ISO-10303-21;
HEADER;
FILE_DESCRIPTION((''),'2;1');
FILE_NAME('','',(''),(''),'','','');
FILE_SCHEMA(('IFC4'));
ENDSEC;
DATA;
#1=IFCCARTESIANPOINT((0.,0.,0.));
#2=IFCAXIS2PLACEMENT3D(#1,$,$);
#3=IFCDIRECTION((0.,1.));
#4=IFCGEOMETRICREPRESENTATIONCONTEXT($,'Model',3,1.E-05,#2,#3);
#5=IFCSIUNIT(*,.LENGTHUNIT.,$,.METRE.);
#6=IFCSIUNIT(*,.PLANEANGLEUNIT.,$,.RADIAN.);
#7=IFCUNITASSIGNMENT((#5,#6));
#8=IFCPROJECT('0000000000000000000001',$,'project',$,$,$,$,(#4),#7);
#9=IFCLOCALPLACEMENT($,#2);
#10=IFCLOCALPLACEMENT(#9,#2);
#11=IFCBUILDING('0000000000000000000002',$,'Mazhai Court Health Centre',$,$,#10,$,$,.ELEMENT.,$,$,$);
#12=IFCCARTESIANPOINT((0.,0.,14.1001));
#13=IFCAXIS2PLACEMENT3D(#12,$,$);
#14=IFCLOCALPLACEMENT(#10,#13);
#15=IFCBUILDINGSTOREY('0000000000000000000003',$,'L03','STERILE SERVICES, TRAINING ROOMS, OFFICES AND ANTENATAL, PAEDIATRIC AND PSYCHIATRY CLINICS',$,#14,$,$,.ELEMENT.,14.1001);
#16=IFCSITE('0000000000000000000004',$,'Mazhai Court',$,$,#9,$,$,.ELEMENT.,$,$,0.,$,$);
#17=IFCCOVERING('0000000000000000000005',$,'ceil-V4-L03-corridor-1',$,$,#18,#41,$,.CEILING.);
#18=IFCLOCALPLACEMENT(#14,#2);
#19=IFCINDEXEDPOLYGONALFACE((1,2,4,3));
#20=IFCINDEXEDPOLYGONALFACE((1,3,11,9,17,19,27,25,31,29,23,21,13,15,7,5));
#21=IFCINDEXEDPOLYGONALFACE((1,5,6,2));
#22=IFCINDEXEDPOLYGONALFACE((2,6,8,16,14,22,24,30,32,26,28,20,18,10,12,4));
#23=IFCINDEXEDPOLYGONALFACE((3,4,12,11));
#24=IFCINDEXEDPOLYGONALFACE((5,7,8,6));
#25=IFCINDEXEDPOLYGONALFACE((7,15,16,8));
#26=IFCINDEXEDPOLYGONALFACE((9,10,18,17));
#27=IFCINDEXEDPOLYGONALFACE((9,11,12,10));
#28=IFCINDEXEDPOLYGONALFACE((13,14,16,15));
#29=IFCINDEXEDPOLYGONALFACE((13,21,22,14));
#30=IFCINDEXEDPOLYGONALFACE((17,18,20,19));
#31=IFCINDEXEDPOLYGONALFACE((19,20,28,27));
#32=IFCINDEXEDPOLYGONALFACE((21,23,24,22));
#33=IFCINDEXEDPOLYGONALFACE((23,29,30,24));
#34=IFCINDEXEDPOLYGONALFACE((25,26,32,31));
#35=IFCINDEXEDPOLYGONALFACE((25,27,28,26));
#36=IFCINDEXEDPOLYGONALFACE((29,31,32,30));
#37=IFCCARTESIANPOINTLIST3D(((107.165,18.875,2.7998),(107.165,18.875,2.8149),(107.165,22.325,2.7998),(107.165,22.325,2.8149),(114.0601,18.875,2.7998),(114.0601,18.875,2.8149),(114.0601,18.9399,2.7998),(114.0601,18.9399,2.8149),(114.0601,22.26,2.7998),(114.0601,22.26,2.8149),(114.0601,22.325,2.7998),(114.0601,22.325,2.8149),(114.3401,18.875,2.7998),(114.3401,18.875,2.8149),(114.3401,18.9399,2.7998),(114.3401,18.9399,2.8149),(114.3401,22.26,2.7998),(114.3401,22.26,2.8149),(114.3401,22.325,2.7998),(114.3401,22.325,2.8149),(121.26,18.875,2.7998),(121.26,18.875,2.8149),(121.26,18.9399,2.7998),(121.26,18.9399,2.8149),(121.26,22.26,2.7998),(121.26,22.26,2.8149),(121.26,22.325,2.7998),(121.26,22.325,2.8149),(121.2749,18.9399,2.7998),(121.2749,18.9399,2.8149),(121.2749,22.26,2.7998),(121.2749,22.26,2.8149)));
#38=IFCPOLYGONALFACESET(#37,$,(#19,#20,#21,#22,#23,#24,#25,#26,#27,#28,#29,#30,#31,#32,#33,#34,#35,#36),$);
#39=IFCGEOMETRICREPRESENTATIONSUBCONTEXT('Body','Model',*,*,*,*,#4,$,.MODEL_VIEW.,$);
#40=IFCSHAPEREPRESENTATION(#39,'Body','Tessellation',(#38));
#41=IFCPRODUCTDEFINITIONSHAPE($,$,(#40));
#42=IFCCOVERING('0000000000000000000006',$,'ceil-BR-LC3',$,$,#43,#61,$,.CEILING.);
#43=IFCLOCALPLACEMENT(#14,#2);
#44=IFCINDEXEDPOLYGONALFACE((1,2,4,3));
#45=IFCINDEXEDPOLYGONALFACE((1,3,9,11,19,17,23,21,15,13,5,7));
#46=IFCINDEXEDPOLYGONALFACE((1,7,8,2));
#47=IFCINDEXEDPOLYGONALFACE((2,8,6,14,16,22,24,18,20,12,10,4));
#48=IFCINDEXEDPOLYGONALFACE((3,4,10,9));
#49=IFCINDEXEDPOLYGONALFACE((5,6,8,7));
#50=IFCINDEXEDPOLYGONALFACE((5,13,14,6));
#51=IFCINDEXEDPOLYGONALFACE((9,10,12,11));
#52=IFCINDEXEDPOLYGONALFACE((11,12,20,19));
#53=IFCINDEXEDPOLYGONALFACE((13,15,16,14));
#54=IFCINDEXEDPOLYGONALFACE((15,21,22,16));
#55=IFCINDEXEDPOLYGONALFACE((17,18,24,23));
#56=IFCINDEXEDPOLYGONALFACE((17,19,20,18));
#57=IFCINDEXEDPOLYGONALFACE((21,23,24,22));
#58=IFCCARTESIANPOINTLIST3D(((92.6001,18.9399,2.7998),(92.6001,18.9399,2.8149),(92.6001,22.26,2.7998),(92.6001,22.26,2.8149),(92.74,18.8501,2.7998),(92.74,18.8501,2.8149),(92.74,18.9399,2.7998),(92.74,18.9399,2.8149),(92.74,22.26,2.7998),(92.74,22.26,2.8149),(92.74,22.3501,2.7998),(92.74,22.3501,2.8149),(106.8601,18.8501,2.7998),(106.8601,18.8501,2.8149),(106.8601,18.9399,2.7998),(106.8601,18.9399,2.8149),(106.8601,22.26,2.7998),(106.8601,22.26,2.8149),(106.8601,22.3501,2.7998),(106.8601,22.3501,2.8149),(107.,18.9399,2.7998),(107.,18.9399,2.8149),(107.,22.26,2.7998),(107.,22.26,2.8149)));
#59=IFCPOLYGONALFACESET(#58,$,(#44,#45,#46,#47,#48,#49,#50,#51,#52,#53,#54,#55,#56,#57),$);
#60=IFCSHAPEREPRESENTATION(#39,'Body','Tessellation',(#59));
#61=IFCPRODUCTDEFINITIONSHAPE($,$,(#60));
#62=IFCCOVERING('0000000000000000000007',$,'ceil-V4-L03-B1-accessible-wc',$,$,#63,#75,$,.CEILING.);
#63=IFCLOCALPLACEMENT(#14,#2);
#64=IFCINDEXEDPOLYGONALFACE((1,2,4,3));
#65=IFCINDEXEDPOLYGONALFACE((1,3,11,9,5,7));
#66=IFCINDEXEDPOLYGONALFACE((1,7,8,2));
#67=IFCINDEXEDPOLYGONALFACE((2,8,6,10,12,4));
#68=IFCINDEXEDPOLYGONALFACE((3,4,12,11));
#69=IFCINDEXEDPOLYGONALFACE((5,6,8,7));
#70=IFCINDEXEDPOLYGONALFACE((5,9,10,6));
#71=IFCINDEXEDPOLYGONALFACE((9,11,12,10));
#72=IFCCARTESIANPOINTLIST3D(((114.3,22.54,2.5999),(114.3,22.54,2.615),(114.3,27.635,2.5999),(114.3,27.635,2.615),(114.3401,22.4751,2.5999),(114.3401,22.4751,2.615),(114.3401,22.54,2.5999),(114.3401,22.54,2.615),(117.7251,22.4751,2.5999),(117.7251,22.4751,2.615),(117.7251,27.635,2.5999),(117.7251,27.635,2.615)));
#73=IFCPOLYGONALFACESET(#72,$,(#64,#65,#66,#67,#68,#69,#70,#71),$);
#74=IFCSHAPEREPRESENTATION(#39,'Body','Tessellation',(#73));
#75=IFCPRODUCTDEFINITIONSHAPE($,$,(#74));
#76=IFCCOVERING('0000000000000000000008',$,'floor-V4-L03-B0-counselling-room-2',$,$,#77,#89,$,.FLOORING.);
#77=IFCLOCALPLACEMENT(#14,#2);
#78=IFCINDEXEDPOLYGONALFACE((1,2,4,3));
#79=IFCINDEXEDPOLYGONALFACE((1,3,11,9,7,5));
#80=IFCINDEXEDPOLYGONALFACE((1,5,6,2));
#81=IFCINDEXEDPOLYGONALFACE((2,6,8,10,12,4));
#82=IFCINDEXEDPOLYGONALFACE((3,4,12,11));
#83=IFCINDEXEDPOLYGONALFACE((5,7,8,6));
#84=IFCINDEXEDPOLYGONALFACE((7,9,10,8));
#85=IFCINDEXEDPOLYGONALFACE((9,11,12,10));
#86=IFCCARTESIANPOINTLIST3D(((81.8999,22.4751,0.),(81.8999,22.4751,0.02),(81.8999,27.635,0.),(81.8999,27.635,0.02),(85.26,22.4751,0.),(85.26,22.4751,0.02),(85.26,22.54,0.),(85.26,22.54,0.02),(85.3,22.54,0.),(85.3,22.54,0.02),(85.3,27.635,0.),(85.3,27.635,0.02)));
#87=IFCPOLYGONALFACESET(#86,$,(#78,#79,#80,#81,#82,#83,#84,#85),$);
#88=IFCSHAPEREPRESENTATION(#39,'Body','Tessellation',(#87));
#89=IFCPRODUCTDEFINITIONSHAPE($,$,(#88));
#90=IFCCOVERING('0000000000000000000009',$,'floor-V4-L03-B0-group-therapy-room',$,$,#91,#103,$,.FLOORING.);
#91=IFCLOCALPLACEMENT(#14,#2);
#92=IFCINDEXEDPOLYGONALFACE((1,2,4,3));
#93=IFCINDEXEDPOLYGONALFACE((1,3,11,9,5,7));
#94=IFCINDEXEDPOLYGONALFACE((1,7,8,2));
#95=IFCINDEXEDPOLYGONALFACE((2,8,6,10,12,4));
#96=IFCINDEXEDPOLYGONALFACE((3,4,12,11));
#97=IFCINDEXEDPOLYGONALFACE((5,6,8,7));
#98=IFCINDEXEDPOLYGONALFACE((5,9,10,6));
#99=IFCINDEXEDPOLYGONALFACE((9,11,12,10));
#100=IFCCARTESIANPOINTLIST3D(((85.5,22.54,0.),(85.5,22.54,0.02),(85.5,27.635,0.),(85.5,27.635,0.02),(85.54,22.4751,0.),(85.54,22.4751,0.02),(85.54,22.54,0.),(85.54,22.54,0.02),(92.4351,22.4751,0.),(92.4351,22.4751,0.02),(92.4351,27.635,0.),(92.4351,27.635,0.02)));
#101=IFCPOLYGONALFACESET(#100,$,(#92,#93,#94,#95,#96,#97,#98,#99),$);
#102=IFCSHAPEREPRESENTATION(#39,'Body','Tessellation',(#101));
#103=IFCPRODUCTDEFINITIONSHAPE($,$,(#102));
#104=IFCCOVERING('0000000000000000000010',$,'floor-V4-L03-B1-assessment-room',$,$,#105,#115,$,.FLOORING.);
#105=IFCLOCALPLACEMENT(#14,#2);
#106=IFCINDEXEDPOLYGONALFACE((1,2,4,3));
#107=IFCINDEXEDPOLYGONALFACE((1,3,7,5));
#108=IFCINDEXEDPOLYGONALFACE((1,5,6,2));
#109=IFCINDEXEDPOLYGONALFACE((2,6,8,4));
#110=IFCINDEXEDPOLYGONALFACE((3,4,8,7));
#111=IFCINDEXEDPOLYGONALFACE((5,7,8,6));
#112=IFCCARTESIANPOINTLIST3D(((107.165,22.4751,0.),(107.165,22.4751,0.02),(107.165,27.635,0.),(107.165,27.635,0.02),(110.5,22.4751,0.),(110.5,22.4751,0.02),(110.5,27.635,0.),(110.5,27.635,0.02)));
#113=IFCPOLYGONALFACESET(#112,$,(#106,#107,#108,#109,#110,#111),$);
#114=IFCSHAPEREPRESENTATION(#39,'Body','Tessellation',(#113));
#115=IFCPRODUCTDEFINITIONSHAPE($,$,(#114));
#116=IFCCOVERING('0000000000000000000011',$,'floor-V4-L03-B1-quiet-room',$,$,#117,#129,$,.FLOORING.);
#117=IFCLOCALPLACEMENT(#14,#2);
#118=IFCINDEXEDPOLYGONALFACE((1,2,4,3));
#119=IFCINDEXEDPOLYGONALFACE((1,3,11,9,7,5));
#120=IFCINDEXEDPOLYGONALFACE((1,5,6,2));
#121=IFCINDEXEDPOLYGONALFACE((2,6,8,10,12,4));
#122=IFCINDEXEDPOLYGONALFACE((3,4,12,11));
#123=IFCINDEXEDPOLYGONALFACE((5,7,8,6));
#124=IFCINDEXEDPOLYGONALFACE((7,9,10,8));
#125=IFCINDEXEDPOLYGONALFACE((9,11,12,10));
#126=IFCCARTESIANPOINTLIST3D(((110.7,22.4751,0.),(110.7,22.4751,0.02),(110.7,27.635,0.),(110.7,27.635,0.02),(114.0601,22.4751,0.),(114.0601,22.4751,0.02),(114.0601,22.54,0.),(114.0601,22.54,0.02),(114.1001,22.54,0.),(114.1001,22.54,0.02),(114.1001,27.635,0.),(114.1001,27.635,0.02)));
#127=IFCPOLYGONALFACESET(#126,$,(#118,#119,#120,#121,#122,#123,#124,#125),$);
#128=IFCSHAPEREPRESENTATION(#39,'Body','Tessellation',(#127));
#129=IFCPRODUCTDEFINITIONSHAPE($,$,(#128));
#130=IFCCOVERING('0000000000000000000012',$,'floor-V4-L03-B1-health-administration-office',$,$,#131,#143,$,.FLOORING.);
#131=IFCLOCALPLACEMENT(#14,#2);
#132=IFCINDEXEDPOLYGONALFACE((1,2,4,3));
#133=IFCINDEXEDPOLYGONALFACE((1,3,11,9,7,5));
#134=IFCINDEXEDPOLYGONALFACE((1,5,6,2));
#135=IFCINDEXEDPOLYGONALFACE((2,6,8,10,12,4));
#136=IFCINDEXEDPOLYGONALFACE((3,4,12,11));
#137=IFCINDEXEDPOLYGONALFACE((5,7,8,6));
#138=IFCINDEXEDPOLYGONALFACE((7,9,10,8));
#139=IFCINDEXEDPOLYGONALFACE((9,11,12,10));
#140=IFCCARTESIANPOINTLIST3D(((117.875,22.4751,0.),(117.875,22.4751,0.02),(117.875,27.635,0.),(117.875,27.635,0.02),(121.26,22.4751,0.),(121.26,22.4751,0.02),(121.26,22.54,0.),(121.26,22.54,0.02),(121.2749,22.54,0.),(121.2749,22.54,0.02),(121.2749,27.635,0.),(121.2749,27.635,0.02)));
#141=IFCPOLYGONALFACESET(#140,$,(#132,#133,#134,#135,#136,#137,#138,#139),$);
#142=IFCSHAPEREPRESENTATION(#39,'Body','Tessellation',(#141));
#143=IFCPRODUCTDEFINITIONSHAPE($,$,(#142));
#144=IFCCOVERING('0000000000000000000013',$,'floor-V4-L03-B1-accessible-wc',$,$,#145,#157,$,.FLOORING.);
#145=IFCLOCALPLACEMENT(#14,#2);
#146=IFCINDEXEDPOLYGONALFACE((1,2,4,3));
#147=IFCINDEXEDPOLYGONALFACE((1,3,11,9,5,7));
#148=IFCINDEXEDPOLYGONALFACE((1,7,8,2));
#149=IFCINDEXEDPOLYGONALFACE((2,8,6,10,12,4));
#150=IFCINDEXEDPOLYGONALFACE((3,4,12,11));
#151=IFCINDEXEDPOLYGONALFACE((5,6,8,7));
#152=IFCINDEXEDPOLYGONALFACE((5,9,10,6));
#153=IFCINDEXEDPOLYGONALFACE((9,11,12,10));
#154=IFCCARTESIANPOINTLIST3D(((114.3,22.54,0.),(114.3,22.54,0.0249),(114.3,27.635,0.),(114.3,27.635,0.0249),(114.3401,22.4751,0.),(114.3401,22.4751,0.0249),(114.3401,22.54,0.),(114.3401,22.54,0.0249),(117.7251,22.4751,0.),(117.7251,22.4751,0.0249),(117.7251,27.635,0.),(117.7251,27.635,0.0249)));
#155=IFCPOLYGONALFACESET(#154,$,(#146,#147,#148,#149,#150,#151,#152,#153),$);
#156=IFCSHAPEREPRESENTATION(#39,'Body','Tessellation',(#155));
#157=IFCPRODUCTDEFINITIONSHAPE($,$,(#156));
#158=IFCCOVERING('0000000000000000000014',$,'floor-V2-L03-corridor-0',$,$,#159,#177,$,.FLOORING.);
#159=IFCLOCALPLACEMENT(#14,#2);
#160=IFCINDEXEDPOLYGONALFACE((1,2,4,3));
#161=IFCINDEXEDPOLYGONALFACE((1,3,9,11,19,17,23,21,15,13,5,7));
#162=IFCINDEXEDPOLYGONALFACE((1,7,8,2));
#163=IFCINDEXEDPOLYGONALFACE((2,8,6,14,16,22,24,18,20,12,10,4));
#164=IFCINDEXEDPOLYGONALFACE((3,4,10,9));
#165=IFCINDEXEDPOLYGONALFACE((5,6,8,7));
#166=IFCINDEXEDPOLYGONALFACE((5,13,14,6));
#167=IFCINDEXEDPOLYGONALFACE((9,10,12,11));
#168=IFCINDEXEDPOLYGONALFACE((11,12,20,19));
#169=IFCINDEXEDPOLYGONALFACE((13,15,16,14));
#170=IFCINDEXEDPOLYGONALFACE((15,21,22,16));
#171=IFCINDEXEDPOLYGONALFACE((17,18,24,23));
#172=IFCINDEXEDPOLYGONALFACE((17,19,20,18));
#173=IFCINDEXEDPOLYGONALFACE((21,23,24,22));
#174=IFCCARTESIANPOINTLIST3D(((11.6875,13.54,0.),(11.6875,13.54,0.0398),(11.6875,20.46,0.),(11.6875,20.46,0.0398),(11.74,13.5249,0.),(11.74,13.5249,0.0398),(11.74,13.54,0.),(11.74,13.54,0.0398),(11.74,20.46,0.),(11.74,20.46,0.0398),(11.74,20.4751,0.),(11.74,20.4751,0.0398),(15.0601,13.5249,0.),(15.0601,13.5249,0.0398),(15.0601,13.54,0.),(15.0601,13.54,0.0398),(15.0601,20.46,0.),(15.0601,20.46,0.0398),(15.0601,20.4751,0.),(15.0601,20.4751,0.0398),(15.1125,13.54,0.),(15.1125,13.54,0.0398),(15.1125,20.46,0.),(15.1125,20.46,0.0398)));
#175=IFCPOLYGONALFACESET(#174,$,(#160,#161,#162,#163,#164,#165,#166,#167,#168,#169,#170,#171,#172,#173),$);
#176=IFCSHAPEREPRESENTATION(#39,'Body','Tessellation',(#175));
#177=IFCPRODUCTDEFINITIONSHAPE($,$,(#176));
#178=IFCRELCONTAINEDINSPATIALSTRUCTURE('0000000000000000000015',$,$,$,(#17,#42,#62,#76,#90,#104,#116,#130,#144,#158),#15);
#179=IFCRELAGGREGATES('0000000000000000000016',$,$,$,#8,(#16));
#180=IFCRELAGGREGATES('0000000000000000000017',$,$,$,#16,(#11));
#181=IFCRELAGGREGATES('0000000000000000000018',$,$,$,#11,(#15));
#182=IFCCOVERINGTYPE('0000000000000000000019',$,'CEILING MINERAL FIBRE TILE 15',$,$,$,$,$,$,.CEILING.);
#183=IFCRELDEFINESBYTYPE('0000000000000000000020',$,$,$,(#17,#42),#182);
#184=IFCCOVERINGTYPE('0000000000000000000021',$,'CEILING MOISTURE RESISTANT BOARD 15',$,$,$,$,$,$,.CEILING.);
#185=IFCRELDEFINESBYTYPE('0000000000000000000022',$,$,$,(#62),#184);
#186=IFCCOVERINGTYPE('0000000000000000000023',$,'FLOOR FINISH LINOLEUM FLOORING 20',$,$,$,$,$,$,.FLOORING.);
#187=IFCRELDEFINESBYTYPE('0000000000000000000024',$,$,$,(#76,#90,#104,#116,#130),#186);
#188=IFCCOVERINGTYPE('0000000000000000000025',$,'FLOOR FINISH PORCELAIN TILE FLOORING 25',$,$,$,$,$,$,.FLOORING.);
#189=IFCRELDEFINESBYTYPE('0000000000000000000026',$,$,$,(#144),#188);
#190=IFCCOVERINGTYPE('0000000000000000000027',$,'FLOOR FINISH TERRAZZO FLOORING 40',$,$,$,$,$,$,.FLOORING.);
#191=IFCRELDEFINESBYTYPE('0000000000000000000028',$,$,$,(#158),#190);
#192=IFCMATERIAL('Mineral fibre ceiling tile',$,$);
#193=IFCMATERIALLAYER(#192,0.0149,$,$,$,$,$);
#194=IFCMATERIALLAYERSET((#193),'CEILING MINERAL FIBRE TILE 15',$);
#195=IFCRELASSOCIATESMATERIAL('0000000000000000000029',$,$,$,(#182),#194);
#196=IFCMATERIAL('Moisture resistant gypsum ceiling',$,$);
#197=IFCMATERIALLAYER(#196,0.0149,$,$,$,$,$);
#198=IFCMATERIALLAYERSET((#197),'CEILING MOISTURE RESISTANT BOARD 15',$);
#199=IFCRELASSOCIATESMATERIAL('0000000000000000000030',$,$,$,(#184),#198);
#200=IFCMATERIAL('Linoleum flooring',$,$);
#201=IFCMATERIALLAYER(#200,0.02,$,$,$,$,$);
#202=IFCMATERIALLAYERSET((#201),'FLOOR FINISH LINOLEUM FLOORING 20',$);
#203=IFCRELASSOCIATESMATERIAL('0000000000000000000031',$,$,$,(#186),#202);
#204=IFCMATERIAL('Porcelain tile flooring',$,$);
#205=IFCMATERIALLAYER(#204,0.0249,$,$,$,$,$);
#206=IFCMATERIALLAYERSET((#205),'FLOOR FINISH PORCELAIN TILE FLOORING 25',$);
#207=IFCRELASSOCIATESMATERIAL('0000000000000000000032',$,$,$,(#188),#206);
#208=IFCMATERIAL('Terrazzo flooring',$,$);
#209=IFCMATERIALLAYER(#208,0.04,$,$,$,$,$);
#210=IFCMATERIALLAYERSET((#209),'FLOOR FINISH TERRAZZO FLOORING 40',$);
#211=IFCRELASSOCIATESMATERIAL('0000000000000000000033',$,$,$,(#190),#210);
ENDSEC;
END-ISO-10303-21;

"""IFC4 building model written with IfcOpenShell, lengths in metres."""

from ifc_helpers import new_model, si_unit, direction, frame, origin, place, context, subcontext, project, spatial, polyline, outline, extrude, material, layer, layer_set, type_object, element, save


model = new_model("IFC4")

# Units and contexts
model_context = context("Model", 3, precision=1e-05, world=origin(), true_north=direction((0.0, 1.0)))
body_context = subcontext(model_context, "Body", "Model", "MODEL_VIEW")
ifc_project = project(units=[si_unit("LENGTHUNIT", "METRE"), si_unit("PLANEANGLEUNIT", "RADIAN")], contexts=[model_context])

# Site, building, storey
site_placement = place(None, origin())
site = spatial("IfcSite", under=ifc_project, at=site_placement, Name="Mazhai Court", CompositionType="ELEMENT", RefElevation=0.0)
building_placement = place(site_placement, origin())
building = spatial("IfcBuilding", under=site, at=building_placement, Name="Mazhai Court Health Centre", CompositionType="ELEMENT")
storey_placement = place(building_placement, frame((0.0, 0.0, 14.1001)))
storey = spatial("IfcBuildingStorey", under=building, at=storey_placement, Name="L03", Description="STERILE SERVICES, TRAINING ROOMS, OFFICES AND ANTENATAL, PAEDIATRIC AND PSYCHIATRY CLINICS", CompositionType="ELEMENT", Elevation=14.1001)

# Coverings
ifc_material_1 = material(Name="Mineral fibre ceiling tile")
ifc_layer_1 = layer(ifc_material_1, 0.0149)
ifc_layer_set_1 = layer_set([ifc_layer_1], Name="CEILING MINERAL FIBRE TILE 15")
covering_type_1 = type_object("IfcCoveringType", Name="CEILING MINERAL FIBRE TILE 15", PredefinedType="CEILING", material=ifc_layer_set_1)
covering_1_placement = place(storey_placement, frame((0.0, 0.0, 2.7998)))
element("IfcCovering", 1, at=covering_1_placement, inside=storey, type_object=covering_type_1, Name="ceil-V4-L03-corridor-1", PredefinedType="CEILING", context=body_context, shape_type="SweptSolid", body=[
    extrude(outline(polyline([(121.2749, 22.26), (121.26, 22.26), (121.26, 22.325), (114.3401, 22.325), (114.3401, 22.26), (114.0601, 22.26), (114.0601, 22.325), (107.165, 22.325), (107.165, 18.875), (114.0601, 18.875), (114.0601, 18.9399), (114.3401, 18.9399), (114.3401, 18.875), (121.26, 18.875), (121.26, 18.9399), (121.2749, 18.9399), (121.2749, 22.26)])), origin(), (0.0, 0.0, 1.0), 0.0151),
])
covering_2_placement = place(storey_placement, frame((0.0, 0.0, 2.7998)))
element("IfcCovering", 2, at=covering_2_placement, inside=storey, type_object=covering_type_1, Name="ceil-BR-LC3", PredefinedType="CEILING", context=body_context, shape_type="SweptSolid", body=[
    extrude(outline(polyline([(107.0, 18.9399), (106.8601, 18.9399), (106.8601, 18.8501), (92.74, 18.8501), (92.74, 18.9399), (92.6001, 18.9399), (92.6001, 22.26), (92.74, 22.26), (92.74, 22.3501), (106.8601, 22.3501), (106.8601, 22.26), (107.0, 22.26), (107.0, 18.9399)])), origin(), (0.0, 0.0, 1.0), 0.0151),
])
ifc_material_2 = material(Name="Moisture resistant gypsum ceiling")
ifc_layer_2 = layer(ifc_material_2, 0.0149)
ifc_layer_set_2 = layer_set([ifc_layer_2], Name="CEILING MOISTURE RESISTANT BOARD 15")
covering_type_2 = type_object("IfcCoveringType", Name="CEILING MOISTURE RESISTANT BOARD 15", PredefinedType="CEILING", material=ifc_layer_set_2)
covering_3_placement = place(storey_placement, frame((0.0, 0.0, 2.5999)))
element("IfcCovering", 3, at=covering_3_placement, inside=storey, type_object=covering_type_2, Name="ceil-V4-L03-B1-accessible-wc", PredefinedType="CEILING", context=body_context, shape_type="SweptSolid", body=[
    extrude(outline(polyline([(114.3, 22.54), (114.3401, 22.54), (114.3401, 22.4751), (117.7251, 22.4751), (117.7251, 27.635), (114.3, 27.635), (114.3, 22.54)])), origin(), (0.0, 0.0, 1.0), 0.0151),
])
ifc_material_3 = material(Name="Linoleum flooring")
ifc_layer_3 = layer(ifc_material_3, 0.02)
ifc_layer_set_3 = layer_set([ifc_layer_3], Name="FLOOR FINISH LINOLEUM FLOORING 20")
covering_type_3 = type_object("IfcCoveringType", Name="FLOOR FINISH LINOLEUM FLOORING 20", PredefinedType="FLOORING", material=ifc_layer_set_3)
covering_4_placement = place(storey_placement, origin())
element("IfcCovering", 4, at=covering_4_placement, inside=storey, type_object=covering_type_3, Name="floor-V4-L03-B0-counselling-room-2", PredefinedType="FLOORING", context=body_context, shape_type="SweptSolid", body=[
    extrude(outline(polyline([(85.26, 22.4751), (85.26, 22.54), (85.3, 22.54), (85.3, 27.635), (81.8999, 27.635), (81.8999, 22.4751), (85.26, 22.4751)])), origin(), (0.0, 0.0, 1.0), 0.02),
])
covering_5_placement = place(storey_placement, origin())
element("IfcCovering", 5, at=covering_5_placement, inside=storey, type_object=covering_type_3, Name="floor-V4-L03-B0-group-therapy-room", PredefinedType="FLOORING", context=body_context, shape_type="SweptSolid", body=[
    extrude(outline(polyline([(85.5, 22.54), (85.54, 22.54), (85.54, 22.4751), (92.4351, 22.4751), (92.4351, 27.635), (85.5, 27.635), (85.5, 22.54)])), origin(), (0.0, 0.0, 1.0), 0.02),
])
covering_6_placement = place(storey_placement, origin())
element("IfcCovering", 6, at=covering_6_placement, inside=storey, type_object=covering_type_3, Name="floor-V4-L03-B1-assessment-room", PredefinedType="FLOORING", context=body_context, shape_type="SweptSolid", body=[
    extrude(outline(polyline([(110.5, 22.4751), (110.5, 27.635), (107.165, 27.635), (107.165, 22.4751), (110.5, 22.4751)])), origin(), (0.0, 0.0, 1.0), 0.02),
])
covering_7_placement = place(storey_placement, origin())
element("IfcCovering", 7, at=covering_7_placement, inside=storey, type_object=covering_type_3, Name="floor-V4-L03-B1-quiet-room", PredefinedType="FLOORING", context=body_context, shape_type="SweptSolid", body=[
    extrude(outline(polyline([(114.0601, 22.4751), (114.0601, 22.54), (114.1001, 22.54), (114.1001, 27.635), (110.7, 27.635), (110.7, 22.4751), (114.0601, 22.4751)])), origin(), (0.0, 0.0, 1.0), 0.02),
])
covering_8_placement = place(storey_placement, origin())
element("IfcCovering", 8, at=covering_8_placement, inside=storey, type_object=covering_type_3, Name="floor-V4-L03-B1-health-administration-office", PredefinedType="FLOORING", context=body_context, shape_type="SweptSolid", body=[
    extrude(outline(polyline([(121.26, 22.4751), (121.26, 22.54), (121.2749, 22.54), (121.2749, 27.635), (117.875, 27.635), (117.875, 22.4751), (121.26, 22.4751)])), origin(), (0.0, 0.0, 1.0), 0.02),
])
ifc_material_4 = material(Name="Porcelain tile flooring")
ifc_layer_4 = layer(ifc_material_4, 0.0249)
ifc_layer_set_4 = layer_set([ifc_layer_4], Name="FLOOR FINISH PORCELAIN TILE FLOORING 25")
covering_type_4 = type_object("IfcCoveringType", Name="FLOOR FINISH PORCELAIN TILE FLOORING 25", PredefinedType="FLOORING", material=ifc_layer_set_4)
covering_9_placement = place(storey_placement, origin())
element("IfcCovering", 9, at=covering_9_placement, inside=storey, type_object=covering_type_4, Name="floor-V4-L03-B1-accessible-wc", PredefinedType="FLOORING", context=body_context, shape_type="SweptSolid", body=[
    extrude(outline(polyline([(114.3, 22.54), (114.3401, 22.54), (114.3401, 22.4751), (117.7251, 22.4751), (117.7251, 27.635), (114.3, 27.635), (114.3, 22.54)])), origin(), (0.0, 0.0, 1.0), 0.0249),
])
ifc_material_5 = material(Name="Terrazzo flooring")
ifc_layer_5 = layer(ifc_material_5, 0.04)
ifc_layer_set_5 = layer_set([ifc_layer_5], Name="FLOOR FINISH TERRAZZO FLOORING 40")
covering_type_5 = type_object("IfcCoveringType", Name="FLOOR FINISH TERRAZZO FLOORING 40", PredefinedType="FLOORING", material=ifc_layer_set_5)
covering_10_placement = place(storey_placement, origin())
element("IfcCovering", 10, at=covering_10_placement, inside=storey, type_object=covering_type_5, Name="floor-V2-L03-corridor-0", PredefinedType="FLOORING", context=body_context, shape_type="SweptSolid", body=[
    extrude(outline(polyline([(15.0601, 13.5249), (15.0601, 13.54), (15.1125, 13.54), (15.1125, 20.46), (15.0601, 20.46), (15.0601, 20.4751), (11.74, 20.4751), (11.74, 20.46), (11.6875, 20.46), (11.6875, 13.54), (11.74, 13.54), (11.74, 13.5249), (15.0601, 13.5249)])), origin(), (0.0, 0.0, 1.0), 0.0398),
])

save(model, "model.ifc")
